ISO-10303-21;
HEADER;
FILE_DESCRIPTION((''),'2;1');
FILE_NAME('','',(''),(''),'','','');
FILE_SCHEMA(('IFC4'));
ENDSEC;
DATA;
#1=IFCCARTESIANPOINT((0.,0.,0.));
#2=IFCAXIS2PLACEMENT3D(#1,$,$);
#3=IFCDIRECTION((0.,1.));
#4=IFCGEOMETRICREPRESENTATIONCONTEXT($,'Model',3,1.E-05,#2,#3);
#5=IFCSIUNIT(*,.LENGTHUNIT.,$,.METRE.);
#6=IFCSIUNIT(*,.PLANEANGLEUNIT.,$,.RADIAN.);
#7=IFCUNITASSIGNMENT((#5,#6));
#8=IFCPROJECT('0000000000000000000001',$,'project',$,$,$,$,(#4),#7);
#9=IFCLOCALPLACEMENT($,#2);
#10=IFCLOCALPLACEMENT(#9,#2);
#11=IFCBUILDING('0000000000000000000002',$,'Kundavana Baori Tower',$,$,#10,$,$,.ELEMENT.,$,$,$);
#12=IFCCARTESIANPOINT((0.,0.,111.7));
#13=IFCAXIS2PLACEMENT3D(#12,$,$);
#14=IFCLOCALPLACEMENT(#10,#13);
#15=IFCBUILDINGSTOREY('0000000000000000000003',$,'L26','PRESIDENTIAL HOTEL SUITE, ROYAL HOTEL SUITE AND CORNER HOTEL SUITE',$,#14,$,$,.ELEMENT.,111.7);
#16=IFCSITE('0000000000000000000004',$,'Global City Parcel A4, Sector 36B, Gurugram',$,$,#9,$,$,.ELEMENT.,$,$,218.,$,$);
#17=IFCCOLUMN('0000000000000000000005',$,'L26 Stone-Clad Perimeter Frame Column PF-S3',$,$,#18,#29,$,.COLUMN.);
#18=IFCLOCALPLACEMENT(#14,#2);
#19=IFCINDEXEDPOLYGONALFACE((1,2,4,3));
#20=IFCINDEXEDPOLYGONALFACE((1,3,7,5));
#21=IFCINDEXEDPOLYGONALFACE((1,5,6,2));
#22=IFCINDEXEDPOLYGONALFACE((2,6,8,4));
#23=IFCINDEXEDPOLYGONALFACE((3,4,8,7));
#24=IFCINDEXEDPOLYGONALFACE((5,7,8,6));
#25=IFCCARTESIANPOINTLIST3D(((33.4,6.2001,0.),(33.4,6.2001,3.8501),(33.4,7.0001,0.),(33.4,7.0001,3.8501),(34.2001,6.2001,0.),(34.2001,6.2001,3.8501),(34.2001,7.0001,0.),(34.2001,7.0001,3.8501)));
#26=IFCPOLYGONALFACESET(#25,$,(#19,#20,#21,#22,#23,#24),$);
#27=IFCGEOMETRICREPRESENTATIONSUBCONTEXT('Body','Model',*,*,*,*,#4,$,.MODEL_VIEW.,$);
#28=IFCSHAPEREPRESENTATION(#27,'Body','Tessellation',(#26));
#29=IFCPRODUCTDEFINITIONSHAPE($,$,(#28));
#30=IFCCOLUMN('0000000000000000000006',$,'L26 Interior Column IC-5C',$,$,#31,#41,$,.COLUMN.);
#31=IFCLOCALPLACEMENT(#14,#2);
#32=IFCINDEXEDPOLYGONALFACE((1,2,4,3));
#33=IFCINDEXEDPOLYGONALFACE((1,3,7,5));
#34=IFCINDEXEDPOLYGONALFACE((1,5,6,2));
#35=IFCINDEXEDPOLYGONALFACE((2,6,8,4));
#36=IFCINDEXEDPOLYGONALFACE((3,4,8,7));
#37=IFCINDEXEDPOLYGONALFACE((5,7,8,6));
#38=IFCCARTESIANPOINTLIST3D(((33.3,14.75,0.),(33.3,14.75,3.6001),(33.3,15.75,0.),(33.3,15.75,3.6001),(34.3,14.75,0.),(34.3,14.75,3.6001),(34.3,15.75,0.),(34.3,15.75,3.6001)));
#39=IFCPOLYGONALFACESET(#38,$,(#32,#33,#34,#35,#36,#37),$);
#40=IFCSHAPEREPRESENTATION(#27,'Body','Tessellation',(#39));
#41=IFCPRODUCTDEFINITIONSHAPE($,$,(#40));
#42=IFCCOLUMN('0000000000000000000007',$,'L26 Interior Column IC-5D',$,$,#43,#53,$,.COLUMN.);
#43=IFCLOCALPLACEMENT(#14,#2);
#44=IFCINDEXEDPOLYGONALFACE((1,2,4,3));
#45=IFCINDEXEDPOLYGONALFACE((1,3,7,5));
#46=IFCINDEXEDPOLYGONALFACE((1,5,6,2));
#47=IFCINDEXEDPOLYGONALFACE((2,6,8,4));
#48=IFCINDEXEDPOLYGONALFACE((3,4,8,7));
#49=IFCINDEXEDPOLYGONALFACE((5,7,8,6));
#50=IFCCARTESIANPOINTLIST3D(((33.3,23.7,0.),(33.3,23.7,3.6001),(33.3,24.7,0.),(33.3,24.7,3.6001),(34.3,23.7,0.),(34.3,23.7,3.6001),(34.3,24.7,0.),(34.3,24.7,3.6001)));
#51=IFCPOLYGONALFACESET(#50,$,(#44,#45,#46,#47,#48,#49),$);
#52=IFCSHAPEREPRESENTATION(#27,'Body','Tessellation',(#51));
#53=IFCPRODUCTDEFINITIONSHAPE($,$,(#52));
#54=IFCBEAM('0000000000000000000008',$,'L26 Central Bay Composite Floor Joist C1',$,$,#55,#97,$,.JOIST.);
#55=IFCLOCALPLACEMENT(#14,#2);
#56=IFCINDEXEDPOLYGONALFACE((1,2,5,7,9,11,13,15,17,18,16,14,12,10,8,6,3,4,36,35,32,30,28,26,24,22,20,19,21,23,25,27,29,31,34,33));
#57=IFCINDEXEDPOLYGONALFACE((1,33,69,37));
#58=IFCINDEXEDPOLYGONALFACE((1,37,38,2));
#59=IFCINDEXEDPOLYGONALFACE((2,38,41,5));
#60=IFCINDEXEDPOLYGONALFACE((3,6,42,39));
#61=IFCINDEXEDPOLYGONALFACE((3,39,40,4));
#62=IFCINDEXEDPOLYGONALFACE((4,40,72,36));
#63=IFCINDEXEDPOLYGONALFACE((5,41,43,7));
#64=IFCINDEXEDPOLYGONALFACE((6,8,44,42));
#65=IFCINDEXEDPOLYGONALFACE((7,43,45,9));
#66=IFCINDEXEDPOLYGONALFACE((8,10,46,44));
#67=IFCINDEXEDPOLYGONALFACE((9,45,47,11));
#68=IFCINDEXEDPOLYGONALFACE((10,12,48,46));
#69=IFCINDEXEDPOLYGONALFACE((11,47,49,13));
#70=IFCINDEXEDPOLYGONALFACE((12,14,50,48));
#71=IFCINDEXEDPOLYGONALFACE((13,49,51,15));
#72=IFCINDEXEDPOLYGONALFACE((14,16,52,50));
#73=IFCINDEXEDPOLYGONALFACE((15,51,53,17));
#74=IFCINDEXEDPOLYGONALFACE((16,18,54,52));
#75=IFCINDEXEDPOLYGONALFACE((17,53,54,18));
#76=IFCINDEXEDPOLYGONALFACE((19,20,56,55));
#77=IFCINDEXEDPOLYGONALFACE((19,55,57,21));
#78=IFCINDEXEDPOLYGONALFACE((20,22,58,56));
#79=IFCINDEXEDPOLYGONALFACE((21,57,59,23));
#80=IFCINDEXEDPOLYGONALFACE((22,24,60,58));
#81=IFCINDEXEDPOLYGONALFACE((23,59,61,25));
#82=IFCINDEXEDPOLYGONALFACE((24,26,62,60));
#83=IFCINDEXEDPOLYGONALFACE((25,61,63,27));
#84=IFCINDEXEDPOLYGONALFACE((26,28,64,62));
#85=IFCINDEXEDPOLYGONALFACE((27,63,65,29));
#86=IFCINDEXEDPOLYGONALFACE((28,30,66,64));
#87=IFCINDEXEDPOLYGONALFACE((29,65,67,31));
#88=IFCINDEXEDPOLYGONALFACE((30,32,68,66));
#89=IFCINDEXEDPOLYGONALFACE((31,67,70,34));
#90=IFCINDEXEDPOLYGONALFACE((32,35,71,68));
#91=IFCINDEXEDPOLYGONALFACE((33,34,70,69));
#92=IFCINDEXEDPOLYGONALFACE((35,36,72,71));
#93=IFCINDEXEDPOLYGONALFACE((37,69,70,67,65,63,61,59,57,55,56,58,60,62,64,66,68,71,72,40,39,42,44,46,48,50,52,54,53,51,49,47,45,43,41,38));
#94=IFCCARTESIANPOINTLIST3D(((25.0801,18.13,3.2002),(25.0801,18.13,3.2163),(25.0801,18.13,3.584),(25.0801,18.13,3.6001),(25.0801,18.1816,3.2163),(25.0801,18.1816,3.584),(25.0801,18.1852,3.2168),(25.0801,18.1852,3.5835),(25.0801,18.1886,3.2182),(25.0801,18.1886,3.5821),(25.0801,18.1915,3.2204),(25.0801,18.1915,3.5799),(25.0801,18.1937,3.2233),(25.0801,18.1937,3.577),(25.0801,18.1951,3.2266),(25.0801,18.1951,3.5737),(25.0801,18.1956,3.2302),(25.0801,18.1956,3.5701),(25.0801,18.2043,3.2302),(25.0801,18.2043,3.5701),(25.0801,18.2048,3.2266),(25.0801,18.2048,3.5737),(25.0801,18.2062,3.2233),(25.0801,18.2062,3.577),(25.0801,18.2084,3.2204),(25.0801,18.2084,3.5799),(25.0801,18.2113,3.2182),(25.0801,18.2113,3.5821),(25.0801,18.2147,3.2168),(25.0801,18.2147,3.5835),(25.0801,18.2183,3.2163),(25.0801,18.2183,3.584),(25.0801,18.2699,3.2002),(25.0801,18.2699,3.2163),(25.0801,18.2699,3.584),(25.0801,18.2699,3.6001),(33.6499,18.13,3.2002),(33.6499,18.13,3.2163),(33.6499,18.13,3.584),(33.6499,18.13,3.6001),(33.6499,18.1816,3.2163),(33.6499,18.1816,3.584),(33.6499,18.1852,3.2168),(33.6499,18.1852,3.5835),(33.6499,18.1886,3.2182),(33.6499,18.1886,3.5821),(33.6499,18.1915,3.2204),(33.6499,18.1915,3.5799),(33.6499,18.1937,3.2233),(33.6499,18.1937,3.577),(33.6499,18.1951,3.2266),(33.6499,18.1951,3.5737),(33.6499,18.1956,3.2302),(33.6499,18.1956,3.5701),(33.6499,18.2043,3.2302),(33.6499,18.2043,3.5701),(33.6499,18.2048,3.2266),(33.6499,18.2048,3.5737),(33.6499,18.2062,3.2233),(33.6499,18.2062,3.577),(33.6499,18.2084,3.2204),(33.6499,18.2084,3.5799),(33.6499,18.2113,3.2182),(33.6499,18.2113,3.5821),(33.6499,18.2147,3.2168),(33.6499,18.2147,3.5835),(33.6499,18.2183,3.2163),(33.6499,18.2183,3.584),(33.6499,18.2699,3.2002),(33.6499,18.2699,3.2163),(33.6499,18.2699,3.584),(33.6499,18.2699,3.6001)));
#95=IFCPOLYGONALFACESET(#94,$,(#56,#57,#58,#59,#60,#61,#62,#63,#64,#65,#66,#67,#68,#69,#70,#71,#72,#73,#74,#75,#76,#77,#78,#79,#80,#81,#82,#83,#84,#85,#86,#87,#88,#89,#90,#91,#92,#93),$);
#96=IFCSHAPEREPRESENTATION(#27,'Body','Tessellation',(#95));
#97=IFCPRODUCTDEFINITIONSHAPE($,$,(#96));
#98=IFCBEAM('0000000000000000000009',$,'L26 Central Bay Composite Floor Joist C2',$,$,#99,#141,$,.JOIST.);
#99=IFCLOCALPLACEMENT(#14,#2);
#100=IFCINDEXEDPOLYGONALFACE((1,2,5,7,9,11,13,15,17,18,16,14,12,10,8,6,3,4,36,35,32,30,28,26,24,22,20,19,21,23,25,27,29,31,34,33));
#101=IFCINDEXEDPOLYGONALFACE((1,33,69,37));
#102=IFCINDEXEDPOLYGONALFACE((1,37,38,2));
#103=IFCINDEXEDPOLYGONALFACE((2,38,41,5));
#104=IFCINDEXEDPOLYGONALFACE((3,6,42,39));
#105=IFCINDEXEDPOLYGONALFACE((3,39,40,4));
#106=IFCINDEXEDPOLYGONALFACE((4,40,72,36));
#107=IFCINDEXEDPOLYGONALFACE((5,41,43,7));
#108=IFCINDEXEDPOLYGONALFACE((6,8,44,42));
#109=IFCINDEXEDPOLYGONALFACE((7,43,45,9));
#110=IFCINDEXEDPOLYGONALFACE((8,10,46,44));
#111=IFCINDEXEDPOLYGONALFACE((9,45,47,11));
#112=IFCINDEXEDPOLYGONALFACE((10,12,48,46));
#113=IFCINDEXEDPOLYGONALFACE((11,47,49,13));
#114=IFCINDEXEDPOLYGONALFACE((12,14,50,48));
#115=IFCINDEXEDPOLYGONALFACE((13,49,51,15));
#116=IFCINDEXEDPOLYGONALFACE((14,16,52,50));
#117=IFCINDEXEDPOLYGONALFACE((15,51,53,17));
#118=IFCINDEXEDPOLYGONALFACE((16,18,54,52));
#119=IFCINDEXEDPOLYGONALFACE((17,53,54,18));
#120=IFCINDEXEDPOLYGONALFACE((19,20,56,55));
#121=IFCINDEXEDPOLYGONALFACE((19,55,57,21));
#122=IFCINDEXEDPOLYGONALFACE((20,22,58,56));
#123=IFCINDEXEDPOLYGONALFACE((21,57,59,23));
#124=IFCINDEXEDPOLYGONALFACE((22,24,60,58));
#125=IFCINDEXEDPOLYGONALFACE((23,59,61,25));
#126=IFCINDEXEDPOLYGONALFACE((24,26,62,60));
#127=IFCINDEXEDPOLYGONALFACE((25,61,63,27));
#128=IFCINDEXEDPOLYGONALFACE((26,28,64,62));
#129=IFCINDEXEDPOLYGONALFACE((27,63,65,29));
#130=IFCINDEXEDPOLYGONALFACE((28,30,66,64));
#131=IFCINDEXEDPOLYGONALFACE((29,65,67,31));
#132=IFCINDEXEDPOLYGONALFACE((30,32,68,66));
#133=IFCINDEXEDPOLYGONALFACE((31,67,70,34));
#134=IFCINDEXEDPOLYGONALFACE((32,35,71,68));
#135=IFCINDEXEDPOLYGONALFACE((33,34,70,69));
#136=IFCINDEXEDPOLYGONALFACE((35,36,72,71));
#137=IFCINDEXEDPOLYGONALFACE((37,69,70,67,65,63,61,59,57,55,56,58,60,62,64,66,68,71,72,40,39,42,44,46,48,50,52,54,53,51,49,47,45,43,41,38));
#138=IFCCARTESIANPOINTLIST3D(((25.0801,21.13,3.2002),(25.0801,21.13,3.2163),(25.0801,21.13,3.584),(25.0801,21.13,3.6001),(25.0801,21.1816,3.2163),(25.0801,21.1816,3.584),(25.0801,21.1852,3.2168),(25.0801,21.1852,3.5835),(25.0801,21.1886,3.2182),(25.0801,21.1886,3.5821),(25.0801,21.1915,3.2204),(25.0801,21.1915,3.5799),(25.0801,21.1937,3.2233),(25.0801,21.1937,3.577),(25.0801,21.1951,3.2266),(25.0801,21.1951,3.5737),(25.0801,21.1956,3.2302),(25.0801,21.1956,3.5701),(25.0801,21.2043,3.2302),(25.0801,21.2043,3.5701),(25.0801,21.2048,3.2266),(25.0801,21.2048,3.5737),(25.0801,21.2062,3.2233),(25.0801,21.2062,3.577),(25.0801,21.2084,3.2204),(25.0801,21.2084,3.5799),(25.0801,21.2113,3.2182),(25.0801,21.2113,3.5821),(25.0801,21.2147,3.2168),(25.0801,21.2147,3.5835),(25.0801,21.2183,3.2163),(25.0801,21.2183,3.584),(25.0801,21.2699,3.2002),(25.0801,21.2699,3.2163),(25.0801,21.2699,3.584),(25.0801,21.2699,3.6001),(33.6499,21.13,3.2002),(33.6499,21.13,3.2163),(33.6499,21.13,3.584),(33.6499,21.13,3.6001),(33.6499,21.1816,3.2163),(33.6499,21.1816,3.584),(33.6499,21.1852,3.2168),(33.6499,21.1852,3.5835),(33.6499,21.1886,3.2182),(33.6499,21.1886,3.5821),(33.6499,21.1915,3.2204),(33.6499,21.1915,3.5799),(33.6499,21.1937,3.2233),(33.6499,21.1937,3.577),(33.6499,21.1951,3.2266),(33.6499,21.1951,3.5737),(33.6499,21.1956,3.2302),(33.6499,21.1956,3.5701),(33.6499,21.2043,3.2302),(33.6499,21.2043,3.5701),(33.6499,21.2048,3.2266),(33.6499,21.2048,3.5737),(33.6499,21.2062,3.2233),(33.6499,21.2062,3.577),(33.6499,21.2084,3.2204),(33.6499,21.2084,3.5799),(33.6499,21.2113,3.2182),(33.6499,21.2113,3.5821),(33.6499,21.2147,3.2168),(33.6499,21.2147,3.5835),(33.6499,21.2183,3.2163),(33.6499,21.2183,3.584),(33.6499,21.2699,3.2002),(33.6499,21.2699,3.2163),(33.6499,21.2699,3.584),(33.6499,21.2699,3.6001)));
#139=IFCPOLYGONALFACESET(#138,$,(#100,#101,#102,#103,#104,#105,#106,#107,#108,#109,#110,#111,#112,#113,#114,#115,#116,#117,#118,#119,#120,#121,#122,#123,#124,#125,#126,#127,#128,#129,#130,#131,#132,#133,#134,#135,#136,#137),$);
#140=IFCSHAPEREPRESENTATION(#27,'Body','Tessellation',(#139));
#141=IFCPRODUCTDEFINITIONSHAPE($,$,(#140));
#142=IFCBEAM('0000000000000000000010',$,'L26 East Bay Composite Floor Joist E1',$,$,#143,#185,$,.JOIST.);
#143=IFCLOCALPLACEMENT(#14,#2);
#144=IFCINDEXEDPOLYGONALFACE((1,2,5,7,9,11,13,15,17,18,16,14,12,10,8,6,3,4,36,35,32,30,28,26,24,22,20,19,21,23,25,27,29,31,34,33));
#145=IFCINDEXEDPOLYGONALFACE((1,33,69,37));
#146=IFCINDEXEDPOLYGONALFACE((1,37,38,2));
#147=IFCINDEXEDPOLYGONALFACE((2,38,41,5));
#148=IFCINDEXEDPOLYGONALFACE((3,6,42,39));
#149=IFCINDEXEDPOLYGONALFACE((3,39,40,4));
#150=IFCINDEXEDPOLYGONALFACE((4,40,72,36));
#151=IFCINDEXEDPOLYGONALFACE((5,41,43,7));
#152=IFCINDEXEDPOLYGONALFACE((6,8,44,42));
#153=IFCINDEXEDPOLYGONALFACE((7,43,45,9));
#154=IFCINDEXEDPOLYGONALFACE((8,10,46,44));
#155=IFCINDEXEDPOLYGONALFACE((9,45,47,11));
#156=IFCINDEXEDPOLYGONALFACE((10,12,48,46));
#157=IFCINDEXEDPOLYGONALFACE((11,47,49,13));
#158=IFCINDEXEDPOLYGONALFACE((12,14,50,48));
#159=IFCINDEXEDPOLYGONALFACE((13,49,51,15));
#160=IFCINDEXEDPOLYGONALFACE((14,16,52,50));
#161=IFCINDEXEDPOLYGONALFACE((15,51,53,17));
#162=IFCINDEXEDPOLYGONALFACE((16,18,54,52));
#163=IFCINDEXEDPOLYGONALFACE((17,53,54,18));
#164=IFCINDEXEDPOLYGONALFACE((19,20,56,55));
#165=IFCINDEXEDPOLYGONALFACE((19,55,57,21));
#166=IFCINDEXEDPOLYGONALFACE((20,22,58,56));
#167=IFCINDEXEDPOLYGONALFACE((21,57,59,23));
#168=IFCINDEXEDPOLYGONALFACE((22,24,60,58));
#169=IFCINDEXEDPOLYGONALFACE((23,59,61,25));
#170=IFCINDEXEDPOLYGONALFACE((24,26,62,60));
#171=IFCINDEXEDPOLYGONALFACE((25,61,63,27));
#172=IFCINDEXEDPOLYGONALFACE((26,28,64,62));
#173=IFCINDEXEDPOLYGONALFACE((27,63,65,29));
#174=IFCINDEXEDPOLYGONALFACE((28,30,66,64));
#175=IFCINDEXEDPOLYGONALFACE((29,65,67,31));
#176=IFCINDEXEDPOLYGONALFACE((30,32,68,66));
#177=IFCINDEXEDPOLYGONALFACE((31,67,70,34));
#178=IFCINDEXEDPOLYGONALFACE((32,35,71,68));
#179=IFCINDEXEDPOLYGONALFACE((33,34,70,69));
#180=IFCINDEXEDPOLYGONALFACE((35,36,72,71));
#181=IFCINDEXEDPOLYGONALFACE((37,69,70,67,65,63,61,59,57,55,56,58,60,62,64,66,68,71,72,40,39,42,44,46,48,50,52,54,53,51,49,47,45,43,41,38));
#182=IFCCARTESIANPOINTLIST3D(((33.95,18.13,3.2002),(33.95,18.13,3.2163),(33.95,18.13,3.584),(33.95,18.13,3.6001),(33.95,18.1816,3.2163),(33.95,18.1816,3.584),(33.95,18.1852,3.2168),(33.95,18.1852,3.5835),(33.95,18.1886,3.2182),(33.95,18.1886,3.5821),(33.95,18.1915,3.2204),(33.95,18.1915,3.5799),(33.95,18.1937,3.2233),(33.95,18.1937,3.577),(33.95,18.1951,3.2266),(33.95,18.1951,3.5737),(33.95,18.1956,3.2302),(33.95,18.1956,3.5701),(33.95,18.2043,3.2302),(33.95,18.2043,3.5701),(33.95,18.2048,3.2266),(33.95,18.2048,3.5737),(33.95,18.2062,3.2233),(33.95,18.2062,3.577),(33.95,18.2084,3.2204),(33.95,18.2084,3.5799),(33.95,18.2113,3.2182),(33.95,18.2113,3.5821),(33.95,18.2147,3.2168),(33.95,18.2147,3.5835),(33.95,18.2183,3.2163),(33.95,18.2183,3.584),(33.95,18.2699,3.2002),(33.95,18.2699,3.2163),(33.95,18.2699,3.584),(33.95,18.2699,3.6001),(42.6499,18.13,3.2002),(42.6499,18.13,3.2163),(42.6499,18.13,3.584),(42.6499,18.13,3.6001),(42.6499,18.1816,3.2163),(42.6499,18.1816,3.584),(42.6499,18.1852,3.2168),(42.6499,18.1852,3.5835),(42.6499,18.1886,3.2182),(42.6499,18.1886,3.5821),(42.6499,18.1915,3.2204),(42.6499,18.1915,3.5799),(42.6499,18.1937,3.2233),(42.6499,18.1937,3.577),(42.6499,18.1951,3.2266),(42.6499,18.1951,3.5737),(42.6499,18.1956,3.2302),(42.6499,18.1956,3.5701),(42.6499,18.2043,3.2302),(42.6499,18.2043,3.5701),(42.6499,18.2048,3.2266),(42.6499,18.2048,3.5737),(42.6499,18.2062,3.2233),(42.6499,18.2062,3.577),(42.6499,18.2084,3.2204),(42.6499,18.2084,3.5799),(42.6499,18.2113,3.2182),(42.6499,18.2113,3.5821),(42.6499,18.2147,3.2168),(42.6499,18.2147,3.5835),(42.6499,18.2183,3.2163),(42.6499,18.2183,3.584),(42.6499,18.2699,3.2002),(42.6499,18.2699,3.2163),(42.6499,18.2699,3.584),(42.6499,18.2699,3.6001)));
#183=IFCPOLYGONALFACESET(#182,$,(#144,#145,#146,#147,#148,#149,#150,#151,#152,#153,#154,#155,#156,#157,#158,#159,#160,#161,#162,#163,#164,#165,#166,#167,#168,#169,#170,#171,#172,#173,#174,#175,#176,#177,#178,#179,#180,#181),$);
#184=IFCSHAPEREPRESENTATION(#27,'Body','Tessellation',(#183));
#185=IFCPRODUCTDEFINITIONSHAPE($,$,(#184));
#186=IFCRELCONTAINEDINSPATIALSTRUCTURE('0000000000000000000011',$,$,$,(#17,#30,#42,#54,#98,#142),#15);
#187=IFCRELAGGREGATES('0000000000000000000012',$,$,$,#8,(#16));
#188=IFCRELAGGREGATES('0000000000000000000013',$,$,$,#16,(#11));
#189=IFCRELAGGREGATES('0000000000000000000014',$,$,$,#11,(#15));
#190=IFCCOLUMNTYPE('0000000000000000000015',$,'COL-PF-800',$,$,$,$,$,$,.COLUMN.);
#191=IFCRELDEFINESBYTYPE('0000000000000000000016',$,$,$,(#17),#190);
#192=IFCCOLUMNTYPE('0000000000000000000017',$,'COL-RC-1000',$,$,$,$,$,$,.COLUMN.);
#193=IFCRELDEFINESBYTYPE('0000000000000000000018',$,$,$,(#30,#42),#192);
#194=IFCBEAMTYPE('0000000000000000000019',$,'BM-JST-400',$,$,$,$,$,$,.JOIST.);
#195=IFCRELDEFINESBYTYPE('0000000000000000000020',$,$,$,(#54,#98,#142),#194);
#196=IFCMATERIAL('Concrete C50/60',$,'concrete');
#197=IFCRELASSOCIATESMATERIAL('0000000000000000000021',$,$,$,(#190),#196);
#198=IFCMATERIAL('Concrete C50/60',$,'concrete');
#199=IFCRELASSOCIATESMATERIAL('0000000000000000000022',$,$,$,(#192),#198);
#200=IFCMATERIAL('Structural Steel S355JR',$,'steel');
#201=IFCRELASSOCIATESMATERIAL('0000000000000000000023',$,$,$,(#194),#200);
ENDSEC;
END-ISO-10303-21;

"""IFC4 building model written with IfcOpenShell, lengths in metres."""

from ifc_helpers import new_model, si_unit, direction, frame, origin, origin_2d, place, context, subcontext, project, spatial, rectangle, i_section, extrude, material, material_profile, profile_set, type_object, element, save


model = new_model("IFC4")

# Units and contexts
model_context = context("Model", 3, precision=1e-05, world=origin(), true_north=direction((0.0, 1.0)))
body_context = subcontext(model_context, "Body", "Model", "MODEL_VIEW")
ifc_project = project(units=[si_unit("LENGTHUNIT", "METRE"), si_unit("PLANEANGLEUNIT", "RADIAN")], contexts=[model_context])

# Site, building, storey
site_placement = place(None, origin())
site = spatial("IfcSite", under=ifc_project, at=site_placement, Name="Global City Parcel A4, Sector 36B, Gurugram", CompositionType="ELEMENT", RefElevation=218.0)
building_placement = place(site_placement, origin())
building = spatial("IfcBuilding", under=site, at=building_placement, Name="Kundavana Baori Tower", CompositionType="ELEMENT")
storey_placement = place(building_placement, frame((0.0, 0.0, 111.7)))
storey = spatial("IfcBuildingStorey", under=building, at=storey_placement, Name="L26", Description="PRESIDENTIAL HOTEL SUITE, ROYAL HOTEL SUITE AND CORNER HOTEL SUITE", CompositionType="ELEMENT", Elevation=111.7)

# Columns
ifc_material_1 = material(Name="Concrete C50/60", Category="concrete")
ifc_material_profile_1 = material_profile(ifc_material_1, rectangle(XDim=0.8, YDim=0.8, at=origin_2d()), Name="RC PF 800x800")
ifc_profile_set_1 = profile_set([ifc_material_profile_1], Name="Concrete C50/60")
column_type_1 = type_object("IfcColumnType", Name="COL-PF-800", PredefinedType="COLUMN", material=ifc_profile_set_1)
column_placement = place(storey_placement, frame((33.8, 6.6001, 0.0), z_axis=(0.0, 0.0, 1.0), x_axis=(1.0, 0.0, 0.0)))
element("IfcColumn", 1, at=column_placement, inside=storey, type_object=column_type_1, Name="L26 Stone-Clad Perimeter Frame Column PF-S3", PredefinedType="COLUMN", context=body_context, shape_type="SweptSolid", body=[
    extrude(rectangle(XDim=0.8, YDim=0.8, at=origin_2d()), origin(), (0.0, 0.0, 1.0), 3.8501),
])
ifc_material_2 = material(Name="Concrete C50/60", Category="concrete")
ifc_material_profile_2 = material_profile(ifc_material_2, rectangle(XDim=1.0, YDim=1.0, at=origin_2d()), Name="RC 1000x1000")
ifc_profile_set_2 = profile_set([ifc_material_profile_2], Name="Concrete C50/60")
column_type_2 = type_object("IfcColumnType", Name="COL-RC-1000", PredefinedType="COLUMN", material=ifc_profile_set_2)
for number, where, z_axis, x_axis, name in (
    (2, (33.8, 15.25, 0.0), (0.0, 0.0, 1.0), (1.0, 0.0, 0.0), "L26 Interior Column IC-5C"),
    (3, (33.8, 24.2, 0.0), (0.0, 0.0, 1.0), (1.0, 0.0, 0.0), "L26 Interior Column IC-5D"),
):
    element("IfcColumn", number, at=place(storey_placement, frame(where, z_axis=z_axis, x_axis=x_axis)), inside=storey, type_object=column_type_2, Name=name, PredefinedType="COLUMN", context=body_context, shape_type="SweptSolid", body=[
        extrude(rectangle(XDim=1.0, YDim=1.0, at=origin_2d()), origin(), (0.0, 0.0, 1.0), 3.6001),
    ])

# Beams
ifc_material_3 = material(Name="Structural Steel S355JR", Category="steel")
ifc_material_profile_3 = material_profile(ifc_material_3, i_section(OverallWidth=0.1399, OverallDepth=0.3999, WebThickness=0.0088, FlangeThickness=0.0161, FilletRadius=0.0139, at=origin_2d()), Name="ISMB 400")
ifc_profile_set_3 = profile_set([ifc_material_profile_3], Name="Structural Steel S355JR")
beam_type_1 = type_object("IfcBeamType", Name="BM-JST-400", PredefinedType="JOIST", material=ifc_profile_set_3)
for number, where, z_axis, x_axis, name in (
    (4, (25.0801, 18.2, 3.4001), (1.0, 0.0, 0.0), (0.0, 1.0, 0.0), "L26 Central Bay Composite Floor Joist C1"),
    (5, (25.0801, 21.2, 3.4001), (1.0, 0.0, 0.0), (0.0, 1.0, 0.0), "L26 Central Bay Composite Floor Joist C2"),
):
    element("IfcBeam", number, at=place(storey_placement, frame(where, z_axis=z_axis, x_axis=x_axis)), inside=storey, type_object=beam_type_1, Name=name, PredefinedType="JOIST", context=body_context, shape_type="SweptSolid", body=[
        extrude(i_section(OverallWidth=0.1399, OverallDepth=0.3999, WebThickness=0.0088, FlangeThickness=0.0161, FilletRadius=0.0139, at=origin_2d()), origin(), (0.0, 0.0, 1.0), 8.5698),
    ])
for number, where, z_axis, x_axis, name in (
    (6, (33.95, 18.2, 3.4001), (1.0, 0.0, 0.0), (0.0, 1.0, 0.0), "L26 East Bay Composite Floor Joist E1"),
):
    element("IfcBeam", number, at=place(storey_placement, frame(where, z_axis=z_axis, x_axis=x_axis)), inside=storey, type_object=beam_type_1, Name=name, PredefinedType="JOIST", context=body_context, shape_type="SweptSolid", body=[
        extrude(i_section(OverallWidth=0.1399, OverallDepth=0.3999, WebThickness=0.0088, FlangeThickness=0.0161, FilletRadius=0.0139, at=origin_2d()), origin(), (0.0, 0.0, 1.0), 8.7),
    ])

save(model, "model.ifc")
